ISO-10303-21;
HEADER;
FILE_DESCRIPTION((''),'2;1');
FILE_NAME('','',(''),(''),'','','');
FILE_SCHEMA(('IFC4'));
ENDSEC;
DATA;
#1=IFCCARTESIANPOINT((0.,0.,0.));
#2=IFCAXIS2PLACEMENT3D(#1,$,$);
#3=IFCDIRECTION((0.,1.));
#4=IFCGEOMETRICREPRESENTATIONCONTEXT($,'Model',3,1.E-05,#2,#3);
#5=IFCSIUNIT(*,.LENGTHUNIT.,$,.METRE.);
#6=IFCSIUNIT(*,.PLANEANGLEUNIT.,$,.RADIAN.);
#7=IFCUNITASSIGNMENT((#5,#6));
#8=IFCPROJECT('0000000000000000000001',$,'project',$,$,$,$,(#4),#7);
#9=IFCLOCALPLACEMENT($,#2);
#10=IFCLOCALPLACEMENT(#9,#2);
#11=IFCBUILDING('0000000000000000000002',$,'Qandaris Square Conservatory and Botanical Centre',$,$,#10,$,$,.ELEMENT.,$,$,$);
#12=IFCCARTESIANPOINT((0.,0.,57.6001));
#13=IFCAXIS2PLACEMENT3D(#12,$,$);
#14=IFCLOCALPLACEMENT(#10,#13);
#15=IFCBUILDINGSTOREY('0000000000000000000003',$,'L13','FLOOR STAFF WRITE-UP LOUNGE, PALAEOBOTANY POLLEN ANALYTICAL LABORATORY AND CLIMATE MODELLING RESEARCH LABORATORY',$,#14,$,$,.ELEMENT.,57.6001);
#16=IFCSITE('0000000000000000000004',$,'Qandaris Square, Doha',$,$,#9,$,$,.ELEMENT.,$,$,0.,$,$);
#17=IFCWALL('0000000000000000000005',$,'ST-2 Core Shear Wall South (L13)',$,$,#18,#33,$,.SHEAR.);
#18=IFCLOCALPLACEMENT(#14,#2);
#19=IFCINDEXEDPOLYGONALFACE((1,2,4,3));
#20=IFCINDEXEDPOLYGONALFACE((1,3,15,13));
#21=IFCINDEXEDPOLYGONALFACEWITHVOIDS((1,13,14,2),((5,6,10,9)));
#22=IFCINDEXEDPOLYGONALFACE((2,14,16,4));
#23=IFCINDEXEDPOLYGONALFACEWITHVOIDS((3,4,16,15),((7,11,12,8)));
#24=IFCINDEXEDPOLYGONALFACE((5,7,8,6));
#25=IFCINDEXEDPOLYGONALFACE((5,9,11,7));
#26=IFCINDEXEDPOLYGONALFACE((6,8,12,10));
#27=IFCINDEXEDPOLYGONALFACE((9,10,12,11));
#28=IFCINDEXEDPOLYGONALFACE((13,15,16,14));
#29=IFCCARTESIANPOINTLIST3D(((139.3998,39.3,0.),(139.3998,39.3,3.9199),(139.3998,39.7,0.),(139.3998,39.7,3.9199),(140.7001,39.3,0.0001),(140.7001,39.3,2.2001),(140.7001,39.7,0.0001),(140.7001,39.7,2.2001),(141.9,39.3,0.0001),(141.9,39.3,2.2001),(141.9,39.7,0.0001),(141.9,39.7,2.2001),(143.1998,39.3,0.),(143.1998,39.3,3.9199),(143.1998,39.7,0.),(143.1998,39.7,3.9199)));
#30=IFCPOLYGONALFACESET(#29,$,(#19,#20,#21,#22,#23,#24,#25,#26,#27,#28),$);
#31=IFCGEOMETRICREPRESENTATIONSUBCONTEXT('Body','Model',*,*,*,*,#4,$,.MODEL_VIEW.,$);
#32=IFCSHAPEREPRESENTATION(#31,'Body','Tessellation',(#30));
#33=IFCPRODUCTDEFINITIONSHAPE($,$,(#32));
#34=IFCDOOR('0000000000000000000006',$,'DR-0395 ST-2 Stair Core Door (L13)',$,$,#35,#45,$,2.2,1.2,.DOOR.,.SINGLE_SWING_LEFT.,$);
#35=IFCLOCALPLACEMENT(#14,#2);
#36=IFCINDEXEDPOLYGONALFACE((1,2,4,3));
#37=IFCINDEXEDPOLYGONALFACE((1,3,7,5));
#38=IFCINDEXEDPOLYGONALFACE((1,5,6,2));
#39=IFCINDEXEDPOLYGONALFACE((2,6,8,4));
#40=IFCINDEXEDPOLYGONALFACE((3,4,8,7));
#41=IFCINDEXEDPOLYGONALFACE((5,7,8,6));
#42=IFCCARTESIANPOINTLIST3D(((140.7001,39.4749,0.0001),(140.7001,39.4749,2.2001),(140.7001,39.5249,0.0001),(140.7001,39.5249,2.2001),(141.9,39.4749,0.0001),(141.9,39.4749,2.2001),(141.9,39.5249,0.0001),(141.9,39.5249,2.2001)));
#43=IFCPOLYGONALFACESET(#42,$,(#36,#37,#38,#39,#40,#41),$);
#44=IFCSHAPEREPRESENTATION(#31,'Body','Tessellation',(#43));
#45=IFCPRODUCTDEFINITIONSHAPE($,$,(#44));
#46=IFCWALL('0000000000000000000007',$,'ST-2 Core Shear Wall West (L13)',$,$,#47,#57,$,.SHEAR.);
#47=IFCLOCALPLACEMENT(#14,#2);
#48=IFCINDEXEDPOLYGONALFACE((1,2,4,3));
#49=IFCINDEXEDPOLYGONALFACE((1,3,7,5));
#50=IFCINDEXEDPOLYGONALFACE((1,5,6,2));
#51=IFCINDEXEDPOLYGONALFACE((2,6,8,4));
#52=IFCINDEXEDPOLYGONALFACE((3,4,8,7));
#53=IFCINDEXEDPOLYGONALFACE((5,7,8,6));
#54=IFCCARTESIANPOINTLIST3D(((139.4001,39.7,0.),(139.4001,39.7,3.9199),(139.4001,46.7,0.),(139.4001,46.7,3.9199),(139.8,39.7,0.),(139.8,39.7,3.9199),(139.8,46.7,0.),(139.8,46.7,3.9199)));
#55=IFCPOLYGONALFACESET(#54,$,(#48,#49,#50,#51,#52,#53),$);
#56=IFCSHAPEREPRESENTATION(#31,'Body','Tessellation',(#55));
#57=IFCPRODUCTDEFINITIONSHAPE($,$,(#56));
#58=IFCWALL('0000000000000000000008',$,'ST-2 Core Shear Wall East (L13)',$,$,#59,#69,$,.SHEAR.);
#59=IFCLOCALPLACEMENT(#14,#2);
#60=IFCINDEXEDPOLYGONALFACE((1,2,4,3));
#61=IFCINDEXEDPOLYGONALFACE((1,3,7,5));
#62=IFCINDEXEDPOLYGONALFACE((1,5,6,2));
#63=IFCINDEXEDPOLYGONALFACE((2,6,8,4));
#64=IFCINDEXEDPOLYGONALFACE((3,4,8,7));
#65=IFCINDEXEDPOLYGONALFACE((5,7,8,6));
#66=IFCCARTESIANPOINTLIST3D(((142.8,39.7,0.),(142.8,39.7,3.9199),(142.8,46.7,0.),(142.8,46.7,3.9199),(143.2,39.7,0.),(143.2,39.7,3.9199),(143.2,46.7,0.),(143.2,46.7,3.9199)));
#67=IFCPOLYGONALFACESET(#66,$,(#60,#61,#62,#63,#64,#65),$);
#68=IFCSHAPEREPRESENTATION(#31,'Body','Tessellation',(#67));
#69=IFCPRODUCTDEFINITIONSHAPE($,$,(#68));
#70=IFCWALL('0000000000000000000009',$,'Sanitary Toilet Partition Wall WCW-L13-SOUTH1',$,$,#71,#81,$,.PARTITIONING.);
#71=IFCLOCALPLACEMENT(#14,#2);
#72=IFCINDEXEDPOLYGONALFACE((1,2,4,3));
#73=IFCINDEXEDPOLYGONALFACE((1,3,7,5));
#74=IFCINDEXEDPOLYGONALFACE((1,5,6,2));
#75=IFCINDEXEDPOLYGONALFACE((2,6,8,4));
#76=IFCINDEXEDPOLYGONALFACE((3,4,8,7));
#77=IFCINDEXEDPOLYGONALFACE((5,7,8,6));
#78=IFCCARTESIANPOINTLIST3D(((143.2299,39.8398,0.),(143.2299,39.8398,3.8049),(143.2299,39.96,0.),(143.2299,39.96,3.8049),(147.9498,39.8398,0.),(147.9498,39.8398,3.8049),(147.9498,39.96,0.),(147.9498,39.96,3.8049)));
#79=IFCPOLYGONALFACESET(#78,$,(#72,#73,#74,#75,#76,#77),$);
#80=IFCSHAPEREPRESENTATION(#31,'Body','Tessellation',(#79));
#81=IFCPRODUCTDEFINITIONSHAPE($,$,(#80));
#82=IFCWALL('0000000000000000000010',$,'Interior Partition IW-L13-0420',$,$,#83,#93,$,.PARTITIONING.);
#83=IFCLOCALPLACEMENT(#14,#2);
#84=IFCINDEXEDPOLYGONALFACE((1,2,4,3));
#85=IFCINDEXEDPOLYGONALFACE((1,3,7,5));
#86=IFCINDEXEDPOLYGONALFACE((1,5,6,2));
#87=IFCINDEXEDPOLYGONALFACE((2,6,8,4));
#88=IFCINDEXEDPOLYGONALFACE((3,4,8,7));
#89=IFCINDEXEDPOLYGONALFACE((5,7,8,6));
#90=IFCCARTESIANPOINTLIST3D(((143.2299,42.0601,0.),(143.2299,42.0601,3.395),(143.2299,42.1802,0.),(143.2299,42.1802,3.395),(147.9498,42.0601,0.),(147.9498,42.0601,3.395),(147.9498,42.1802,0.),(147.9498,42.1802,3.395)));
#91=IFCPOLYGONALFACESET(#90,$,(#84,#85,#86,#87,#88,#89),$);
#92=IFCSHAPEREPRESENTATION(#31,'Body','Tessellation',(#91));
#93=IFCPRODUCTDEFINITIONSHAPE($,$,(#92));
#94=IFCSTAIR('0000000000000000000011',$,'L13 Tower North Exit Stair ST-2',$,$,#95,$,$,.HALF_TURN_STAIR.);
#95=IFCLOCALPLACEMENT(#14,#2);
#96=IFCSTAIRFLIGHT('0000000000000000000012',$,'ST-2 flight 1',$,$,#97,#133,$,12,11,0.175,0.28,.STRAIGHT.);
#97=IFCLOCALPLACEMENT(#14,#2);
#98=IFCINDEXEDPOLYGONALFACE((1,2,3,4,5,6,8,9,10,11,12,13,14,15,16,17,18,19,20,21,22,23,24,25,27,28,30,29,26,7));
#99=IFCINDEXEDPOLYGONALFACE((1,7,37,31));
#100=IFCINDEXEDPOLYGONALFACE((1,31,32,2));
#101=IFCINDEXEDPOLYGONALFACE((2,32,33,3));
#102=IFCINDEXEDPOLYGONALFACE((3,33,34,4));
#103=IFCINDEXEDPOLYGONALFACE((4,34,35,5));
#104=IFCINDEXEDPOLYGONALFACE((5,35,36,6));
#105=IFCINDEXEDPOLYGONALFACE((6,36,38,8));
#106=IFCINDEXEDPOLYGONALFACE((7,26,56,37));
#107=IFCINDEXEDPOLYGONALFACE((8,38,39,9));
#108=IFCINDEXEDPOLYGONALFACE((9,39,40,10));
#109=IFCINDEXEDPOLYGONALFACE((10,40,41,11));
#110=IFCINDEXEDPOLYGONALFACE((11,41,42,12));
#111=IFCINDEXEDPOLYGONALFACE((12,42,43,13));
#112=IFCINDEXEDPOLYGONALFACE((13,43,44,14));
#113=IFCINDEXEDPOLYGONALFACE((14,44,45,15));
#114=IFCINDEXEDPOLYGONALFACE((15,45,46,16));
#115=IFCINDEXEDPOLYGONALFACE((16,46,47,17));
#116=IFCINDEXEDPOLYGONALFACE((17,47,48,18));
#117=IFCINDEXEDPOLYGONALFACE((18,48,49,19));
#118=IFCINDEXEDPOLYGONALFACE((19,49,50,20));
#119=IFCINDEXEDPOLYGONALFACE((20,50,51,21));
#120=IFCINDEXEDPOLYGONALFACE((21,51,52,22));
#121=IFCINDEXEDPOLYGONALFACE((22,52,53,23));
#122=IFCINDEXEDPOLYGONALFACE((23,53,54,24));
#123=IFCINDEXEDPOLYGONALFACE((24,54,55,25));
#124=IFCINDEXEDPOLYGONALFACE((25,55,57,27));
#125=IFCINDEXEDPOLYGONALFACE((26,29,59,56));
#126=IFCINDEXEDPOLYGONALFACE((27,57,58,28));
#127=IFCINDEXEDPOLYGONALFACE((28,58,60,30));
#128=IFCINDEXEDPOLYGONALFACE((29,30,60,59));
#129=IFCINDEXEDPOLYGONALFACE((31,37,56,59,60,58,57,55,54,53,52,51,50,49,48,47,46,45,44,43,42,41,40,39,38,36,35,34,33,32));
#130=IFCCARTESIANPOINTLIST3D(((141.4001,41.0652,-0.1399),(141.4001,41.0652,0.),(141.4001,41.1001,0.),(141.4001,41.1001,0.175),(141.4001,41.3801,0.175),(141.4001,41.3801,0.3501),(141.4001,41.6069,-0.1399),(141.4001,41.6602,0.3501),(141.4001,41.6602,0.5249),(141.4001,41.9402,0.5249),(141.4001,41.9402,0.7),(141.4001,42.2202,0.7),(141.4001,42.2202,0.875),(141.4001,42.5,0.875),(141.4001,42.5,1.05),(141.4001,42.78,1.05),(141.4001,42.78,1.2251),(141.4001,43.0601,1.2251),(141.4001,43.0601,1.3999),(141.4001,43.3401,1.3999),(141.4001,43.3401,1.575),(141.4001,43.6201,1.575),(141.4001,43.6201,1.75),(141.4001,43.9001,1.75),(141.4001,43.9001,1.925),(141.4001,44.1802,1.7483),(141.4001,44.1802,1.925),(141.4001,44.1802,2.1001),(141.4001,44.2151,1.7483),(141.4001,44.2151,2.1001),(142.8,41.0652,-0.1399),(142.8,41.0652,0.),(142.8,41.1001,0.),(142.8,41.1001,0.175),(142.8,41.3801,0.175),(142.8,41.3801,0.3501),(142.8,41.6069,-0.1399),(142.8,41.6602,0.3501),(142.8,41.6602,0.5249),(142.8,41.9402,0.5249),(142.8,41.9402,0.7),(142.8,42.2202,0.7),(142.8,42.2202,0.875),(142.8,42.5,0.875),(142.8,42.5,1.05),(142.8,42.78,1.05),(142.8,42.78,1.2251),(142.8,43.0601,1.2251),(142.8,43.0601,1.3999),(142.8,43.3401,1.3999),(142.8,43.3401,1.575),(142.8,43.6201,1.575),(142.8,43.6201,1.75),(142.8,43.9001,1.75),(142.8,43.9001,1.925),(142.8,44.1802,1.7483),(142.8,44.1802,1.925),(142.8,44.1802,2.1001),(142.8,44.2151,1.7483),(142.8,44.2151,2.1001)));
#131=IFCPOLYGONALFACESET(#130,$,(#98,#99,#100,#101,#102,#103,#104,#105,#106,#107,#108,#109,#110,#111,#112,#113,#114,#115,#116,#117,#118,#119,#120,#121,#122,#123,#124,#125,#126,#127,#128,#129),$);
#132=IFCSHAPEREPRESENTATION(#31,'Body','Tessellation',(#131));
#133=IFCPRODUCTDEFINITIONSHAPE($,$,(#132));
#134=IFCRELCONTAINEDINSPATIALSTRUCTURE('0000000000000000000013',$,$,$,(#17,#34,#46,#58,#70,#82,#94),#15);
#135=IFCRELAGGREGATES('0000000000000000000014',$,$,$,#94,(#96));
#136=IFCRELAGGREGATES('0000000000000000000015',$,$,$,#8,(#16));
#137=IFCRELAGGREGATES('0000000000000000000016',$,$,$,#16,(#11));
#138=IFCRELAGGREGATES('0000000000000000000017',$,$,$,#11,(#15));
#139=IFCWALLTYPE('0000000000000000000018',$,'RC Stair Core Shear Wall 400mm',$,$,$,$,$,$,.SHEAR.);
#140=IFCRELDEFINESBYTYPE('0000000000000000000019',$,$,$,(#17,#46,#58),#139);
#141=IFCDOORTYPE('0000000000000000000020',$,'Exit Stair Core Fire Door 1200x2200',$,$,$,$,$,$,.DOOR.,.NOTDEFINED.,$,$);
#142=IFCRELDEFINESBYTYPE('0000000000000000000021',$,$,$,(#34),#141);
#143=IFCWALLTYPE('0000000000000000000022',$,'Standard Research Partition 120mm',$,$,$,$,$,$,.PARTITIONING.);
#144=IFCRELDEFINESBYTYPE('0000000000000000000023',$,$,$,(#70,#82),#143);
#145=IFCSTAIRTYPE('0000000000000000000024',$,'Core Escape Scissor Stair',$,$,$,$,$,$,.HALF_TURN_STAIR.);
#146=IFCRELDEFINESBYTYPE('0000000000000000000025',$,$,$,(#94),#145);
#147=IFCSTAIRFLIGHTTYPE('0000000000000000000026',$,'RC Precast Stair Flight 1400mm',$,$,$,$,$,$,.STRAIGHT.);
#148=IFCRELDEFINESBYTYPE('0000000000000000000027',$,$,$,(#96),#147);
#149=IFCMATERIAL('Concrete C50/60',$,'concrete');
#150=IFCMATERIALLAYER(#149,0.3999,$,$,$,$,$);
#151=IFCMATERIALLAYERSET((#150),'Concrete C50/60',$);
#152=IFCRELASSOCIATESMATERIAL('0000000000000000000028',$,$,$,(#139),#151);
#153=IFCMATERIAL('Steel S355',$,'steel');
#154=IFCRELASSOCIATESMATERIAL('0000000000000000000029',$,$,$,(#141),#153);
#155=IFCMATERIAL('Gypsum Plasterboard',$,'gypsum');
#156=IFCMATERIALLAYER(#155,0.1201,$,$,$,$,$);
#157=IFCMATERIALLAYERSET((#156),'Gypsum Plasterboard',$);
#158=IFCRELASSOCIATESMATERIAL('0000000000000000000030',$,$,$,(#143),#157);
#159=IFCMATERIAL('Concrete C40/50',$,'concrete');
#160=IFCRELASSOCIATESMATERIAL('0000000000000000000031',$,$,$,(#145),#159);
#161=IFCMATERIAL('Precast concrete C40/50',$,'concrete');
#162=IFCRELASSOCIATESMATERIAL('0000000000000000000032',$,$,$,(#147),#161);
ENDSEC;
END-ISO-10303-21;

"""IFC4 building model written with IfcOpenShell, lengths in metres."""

from ifc_helpers import new_model, si_unit, direction, frame, frame_2d, origin, place, context, subcontext, project, spatial, polyline, rectangle, outline, extrude, material, layer, layer_set, type_object, element, fill, aggregate, save


model = new_model("IFC4")

# Units and contexts
model_context = context("Model", 3, precision=1e-05, world=origin(), true_north=direction((0.0, 1.0)))
body_context = subcontext(model_context, "Body", "Model", "MODEL_VIEW")
ifc_project = project(units=[si_unit("LENGTHUNIT", "METRE"), si_unit("PLANEANGLEUNIT", "RADIAN")], contexts=[model_context])

# Site, building, storey
site_placement = place(None, origin())
site = spatial("IfcSite", under=ifc_project, at=site_placement, Name="Qandaris Square, Doha", CompositionType="ELEMENT", RefElevation=0.0)
building_placement = place(site_placement, origin())
building = spatial("IfcBuilding", under=site, at=building_placement, Name="Qandaris Square Conservatory and Botanical Centre", CompositionType="ELEMENT")
storey_placement = place(building_placement, frame((0.0, 0.0, 57.6001)))
storey = spatial("IfcBuildingStorey", under=building, at=storey_placement, Name="L13", Description="FLOOR STAFF WRITE-UP LOUNGE, PALAEOBOTANY POLLEN ANALYTICAL LABORATORY AND CLIMATE MODELLING RESEARCH LABORATORY", CompositionType="ELEMENT", Elevation=57.6001)

# Shared definitions
ifc_material_1 = material(Name="Steel S355", Category="steel")

# Shared definitions
ifc_material_2 = material(Name="Concrete C50/60", Category="concrete")

# Shared definitions
ifc_material_3 = material(Name="Precast concrete C40/50", Category="concrete")

# Shared definitions
ifc_material_4 = material(Name="Concrete C40/50", Category="concrete")

# Wall, opening, door
ifc_layer_1 = layer(ifc_material_2, 0.3999)
ifc_layer_set_1 = layer_set([ifc_layer_1], Name="Concrete C50/60")
wall_type_1 = type_object("IfcWallType", Name="RC Stair Core Shear Wall 400mm", PredefinedType="SHEAR", material=ifc_layer_set_1)
wall_1_placement = place(storey_placement, frame((139.3999, 39.5, 0.0), z_axis=(0.0, 0.0, 1.0), x_axis=(1.0, 0.0, 0.0)))
wall_1 = element("IfcWall", 1, at=wall_1_placement, inside=storey, type_object=wall_type_1, Name="ST-2 Core Shear Wall South (L13)", PredefinedType="SHEAR", context=body_context, shape_type="SweptSolid", body=[
    extrude(rectangle(XDim=3.8, YDim=0.3999, at=frame_2d((1.8999, 0.0))), origin(), (0.0, 0.0, 1.0), 3.9199),
])
opening_1_placement = place(wall_1_placement, frame((1.3, 0.0, 0.0)))
opening_1 = element("IfcOpeningElement", 2, at=opening_1_placement, cuts=wall_1, PredefinedType="OPENING", context=body_context, shape_type="SweptSolid", body=[
    extrude(rectangle(XDim=1.2, YDim=2.2, at=frame_2d((0.6001, 1.1001))), frame((0.0, 0.2119, 0.0), z_axis=(0.0, -1.0, 0.0), x_axis=(1.0, 0.0, 0.0)), (0.0, 0.0, 1.0), 0.4238),
])
door_type_1 = type_object("IfcDoorType", Name="Exit Stair Core Fire Door 1200x2200", OperationType="NOTDEFINED", PredefinedType="DOOR", material=ifc_material_1)
door_1_placement = place(opening_1_placement, origin())
door_1 = element("IfcDoor", 3, at=door_1_placement, inside=storey, type_object=door_type_1, Name="DR-0395 ST-2 Stair Core Door (L13)", OperationType="SINGLE_SWING_LEFT", OverallHeight=2.2, OverallWidth=1.2, PredefinedType="DOOR", context=body_context, shape_type="SweptSolid", body=[
    extrude(rectangle(XDim=1.2, YDim=2.2, at=frame_2d((0.6001, 1.1001))), frame((0.0, 0.0249, 0.0), z_axis=(0.0, -1.0, 0.0), x_axis=(1.0, 0.0, 0.0)), (0.0, 0.0, 1.0), 0.05),
])
fill(opening_1, door_1)

# Walls
for number, where, z_axis, x_axis, name in (
    (4, (139.6001, 39.7, 0.0), (0.0, 0.0, 1.0), (0.0, 1.0, 0.0), "ST-2 Core Shear Wall West (L13)"),
    (5, (143.0, 39.7, 0.0), (0.0, 0.0, 1.0), (0.0, 1.0, 0.0), "ST-2 Core Shear Wall East (L13)"),
):
    element("IfcWall", number, at=place(storey_placement, frame(where, z_axis=z_axis, x_axis=x_axis)), inside=storey, type_object=wall_type_1, Name=name, PredefinedType="SHEAR", context=body_context, shape_type="SweptSolid", body=[
        extrude(rectangle(XDim=7.0, YDim=0.3999, at=frame_2d((3.5, 0.0))), origin(), (0.0, 0.0, 1.0), 3.9199),
    ])
ifc_material_5 = material(Name="Gypsum Plasterboard", Category="gypsum")
ifc_layer_2 = layer(ifc_material_5, 0.1201)
ifc_layer_set_2 = layer_set([ifc_layer_2], Name="Gypsum Plasterboard")
wall_type_2 = type_object("IfcWallType", Name="Standard Research Partition 120mm", PredefinedType="PARTITIONING", material=ifc_layer_set_2)
wall_2_placement = place(storey_placement, frame((143.23, 39.8999, 0.0), z_axis=(0.0, 0.0, 1.0), x_axis=(1.0, 0.0, 0.0)))
element("IfcWall", 6, at=wall_2_placement, inside=storey, type_object=wall_type_2, Name="Sanitary Toilet Partition Wall WCW-L13-SOUTH1", PredefinedType="PARTITIONING", context=body_context, shape_type="SweptSolid", body=[
    extrude(rectangle(XDim=4.72, YDim=0.1201, at=frame_2d((2.3599, 0.0))), origin(), (0.0, 0.0, 1.0), 3.8049),
])
wall_3_placement = place(storey_placement, frame((143.23, 42.1201, 0.0), z_axis=(0.0, 0.0, 1.0), x_axis=(1.0, 0.0, 0.0)))
element("IfcWall", 7, at=wall_3_placement, inside=storey, type_object=wall_type_2, Name="Interior Partition IW-L13-0420", PredefinedType="PARTITIONING", context=body_context, shape_type="SweptSolid", body=[
    extrude(rectangle(XDim=4.72, YDim=0.1201, at=frame_2d((2.3599, 0.0))), origin(), (0.0, 0.0, 1.0), 3.395),
])

# Stair, stair flight
stair_type = type_object("IfcStairType", Name="Core Escape Scissor Stair", PredefinedType="HALF_TURN_STAIR", material=ifc_material_4)
stair_placement = place(storey_placement, origin())
stair = element("IfcStair", 8, at=stair_placement, inside=storey, type_object=stair_type, Name="L13 Tower North Exit Stair ST-2", PredefinedType="HALF_TURN_STAIR")
stair_flight_type = type_object("IfcStairFlightType", Name="RC Precast Stair Flight 1400mm", PredefinedType="STRAIGHT", material=ifc_material_3)
stair_flight_placement = place(storey_placement, frame((142.1001, 41.1001, 0.0), z_axis=(0.0, 0.0, 1.0), x_axis=(0.0, 1.0, 0.0)))
stair_flight = element("IfcStairFlight", 9, at=stair_flight_placement, type_object=stair_flight_type, Name="ST-2 flight 1", NumberOfRisers=12, NumberOfTreads=11, PredefinedType="STRAIGHT", RiserHeight=0.175, TreadLength=0.28, context=body_context, shape_type="SweptSolid", body=[
    extrude(outline(polyline([(-0.0349, 0.0), (0.0, 0.0), (0.0, 0.175), (0.28, 0.175), (0.28, 0.3501), (0.5601, 0.3501), (0.5601, 0.5249), (0.8401, 0.5249), (0.8401, 0.7), (1.1201, 0.7), (1.1201, 0.875), (1.3999, 0.875), (1.3999, 1.05), (1.6799, 1.05), (1.6799, 1.2251), (1.96, 1.2251), (1.96, 1.3999), (2.24, 1.3999), (2.24, 1.575), (2.52, 1.575), (2.52, 1.75), (2.8, 1.75), (2.8, 1.925), (3.0801, 1.925), (3.0801, 2.1001), (3.115, 2.1001), (3.115, 1.7483), (3.0801, 1.7483), (0.5068, -0.1399), (-0.0349, -0.1399), (-0.0349, 0.0)])), frame((0.0, 0.7, 0.0), z_axis=(0.0, -1.0, 0.0), x_axis=(1.0, 0.0, 0.0)), (0.0, 0.0, 1.0), 1.3999),
])
aggregate(stair, [stair_flight])

save(model, "model.ifc")
